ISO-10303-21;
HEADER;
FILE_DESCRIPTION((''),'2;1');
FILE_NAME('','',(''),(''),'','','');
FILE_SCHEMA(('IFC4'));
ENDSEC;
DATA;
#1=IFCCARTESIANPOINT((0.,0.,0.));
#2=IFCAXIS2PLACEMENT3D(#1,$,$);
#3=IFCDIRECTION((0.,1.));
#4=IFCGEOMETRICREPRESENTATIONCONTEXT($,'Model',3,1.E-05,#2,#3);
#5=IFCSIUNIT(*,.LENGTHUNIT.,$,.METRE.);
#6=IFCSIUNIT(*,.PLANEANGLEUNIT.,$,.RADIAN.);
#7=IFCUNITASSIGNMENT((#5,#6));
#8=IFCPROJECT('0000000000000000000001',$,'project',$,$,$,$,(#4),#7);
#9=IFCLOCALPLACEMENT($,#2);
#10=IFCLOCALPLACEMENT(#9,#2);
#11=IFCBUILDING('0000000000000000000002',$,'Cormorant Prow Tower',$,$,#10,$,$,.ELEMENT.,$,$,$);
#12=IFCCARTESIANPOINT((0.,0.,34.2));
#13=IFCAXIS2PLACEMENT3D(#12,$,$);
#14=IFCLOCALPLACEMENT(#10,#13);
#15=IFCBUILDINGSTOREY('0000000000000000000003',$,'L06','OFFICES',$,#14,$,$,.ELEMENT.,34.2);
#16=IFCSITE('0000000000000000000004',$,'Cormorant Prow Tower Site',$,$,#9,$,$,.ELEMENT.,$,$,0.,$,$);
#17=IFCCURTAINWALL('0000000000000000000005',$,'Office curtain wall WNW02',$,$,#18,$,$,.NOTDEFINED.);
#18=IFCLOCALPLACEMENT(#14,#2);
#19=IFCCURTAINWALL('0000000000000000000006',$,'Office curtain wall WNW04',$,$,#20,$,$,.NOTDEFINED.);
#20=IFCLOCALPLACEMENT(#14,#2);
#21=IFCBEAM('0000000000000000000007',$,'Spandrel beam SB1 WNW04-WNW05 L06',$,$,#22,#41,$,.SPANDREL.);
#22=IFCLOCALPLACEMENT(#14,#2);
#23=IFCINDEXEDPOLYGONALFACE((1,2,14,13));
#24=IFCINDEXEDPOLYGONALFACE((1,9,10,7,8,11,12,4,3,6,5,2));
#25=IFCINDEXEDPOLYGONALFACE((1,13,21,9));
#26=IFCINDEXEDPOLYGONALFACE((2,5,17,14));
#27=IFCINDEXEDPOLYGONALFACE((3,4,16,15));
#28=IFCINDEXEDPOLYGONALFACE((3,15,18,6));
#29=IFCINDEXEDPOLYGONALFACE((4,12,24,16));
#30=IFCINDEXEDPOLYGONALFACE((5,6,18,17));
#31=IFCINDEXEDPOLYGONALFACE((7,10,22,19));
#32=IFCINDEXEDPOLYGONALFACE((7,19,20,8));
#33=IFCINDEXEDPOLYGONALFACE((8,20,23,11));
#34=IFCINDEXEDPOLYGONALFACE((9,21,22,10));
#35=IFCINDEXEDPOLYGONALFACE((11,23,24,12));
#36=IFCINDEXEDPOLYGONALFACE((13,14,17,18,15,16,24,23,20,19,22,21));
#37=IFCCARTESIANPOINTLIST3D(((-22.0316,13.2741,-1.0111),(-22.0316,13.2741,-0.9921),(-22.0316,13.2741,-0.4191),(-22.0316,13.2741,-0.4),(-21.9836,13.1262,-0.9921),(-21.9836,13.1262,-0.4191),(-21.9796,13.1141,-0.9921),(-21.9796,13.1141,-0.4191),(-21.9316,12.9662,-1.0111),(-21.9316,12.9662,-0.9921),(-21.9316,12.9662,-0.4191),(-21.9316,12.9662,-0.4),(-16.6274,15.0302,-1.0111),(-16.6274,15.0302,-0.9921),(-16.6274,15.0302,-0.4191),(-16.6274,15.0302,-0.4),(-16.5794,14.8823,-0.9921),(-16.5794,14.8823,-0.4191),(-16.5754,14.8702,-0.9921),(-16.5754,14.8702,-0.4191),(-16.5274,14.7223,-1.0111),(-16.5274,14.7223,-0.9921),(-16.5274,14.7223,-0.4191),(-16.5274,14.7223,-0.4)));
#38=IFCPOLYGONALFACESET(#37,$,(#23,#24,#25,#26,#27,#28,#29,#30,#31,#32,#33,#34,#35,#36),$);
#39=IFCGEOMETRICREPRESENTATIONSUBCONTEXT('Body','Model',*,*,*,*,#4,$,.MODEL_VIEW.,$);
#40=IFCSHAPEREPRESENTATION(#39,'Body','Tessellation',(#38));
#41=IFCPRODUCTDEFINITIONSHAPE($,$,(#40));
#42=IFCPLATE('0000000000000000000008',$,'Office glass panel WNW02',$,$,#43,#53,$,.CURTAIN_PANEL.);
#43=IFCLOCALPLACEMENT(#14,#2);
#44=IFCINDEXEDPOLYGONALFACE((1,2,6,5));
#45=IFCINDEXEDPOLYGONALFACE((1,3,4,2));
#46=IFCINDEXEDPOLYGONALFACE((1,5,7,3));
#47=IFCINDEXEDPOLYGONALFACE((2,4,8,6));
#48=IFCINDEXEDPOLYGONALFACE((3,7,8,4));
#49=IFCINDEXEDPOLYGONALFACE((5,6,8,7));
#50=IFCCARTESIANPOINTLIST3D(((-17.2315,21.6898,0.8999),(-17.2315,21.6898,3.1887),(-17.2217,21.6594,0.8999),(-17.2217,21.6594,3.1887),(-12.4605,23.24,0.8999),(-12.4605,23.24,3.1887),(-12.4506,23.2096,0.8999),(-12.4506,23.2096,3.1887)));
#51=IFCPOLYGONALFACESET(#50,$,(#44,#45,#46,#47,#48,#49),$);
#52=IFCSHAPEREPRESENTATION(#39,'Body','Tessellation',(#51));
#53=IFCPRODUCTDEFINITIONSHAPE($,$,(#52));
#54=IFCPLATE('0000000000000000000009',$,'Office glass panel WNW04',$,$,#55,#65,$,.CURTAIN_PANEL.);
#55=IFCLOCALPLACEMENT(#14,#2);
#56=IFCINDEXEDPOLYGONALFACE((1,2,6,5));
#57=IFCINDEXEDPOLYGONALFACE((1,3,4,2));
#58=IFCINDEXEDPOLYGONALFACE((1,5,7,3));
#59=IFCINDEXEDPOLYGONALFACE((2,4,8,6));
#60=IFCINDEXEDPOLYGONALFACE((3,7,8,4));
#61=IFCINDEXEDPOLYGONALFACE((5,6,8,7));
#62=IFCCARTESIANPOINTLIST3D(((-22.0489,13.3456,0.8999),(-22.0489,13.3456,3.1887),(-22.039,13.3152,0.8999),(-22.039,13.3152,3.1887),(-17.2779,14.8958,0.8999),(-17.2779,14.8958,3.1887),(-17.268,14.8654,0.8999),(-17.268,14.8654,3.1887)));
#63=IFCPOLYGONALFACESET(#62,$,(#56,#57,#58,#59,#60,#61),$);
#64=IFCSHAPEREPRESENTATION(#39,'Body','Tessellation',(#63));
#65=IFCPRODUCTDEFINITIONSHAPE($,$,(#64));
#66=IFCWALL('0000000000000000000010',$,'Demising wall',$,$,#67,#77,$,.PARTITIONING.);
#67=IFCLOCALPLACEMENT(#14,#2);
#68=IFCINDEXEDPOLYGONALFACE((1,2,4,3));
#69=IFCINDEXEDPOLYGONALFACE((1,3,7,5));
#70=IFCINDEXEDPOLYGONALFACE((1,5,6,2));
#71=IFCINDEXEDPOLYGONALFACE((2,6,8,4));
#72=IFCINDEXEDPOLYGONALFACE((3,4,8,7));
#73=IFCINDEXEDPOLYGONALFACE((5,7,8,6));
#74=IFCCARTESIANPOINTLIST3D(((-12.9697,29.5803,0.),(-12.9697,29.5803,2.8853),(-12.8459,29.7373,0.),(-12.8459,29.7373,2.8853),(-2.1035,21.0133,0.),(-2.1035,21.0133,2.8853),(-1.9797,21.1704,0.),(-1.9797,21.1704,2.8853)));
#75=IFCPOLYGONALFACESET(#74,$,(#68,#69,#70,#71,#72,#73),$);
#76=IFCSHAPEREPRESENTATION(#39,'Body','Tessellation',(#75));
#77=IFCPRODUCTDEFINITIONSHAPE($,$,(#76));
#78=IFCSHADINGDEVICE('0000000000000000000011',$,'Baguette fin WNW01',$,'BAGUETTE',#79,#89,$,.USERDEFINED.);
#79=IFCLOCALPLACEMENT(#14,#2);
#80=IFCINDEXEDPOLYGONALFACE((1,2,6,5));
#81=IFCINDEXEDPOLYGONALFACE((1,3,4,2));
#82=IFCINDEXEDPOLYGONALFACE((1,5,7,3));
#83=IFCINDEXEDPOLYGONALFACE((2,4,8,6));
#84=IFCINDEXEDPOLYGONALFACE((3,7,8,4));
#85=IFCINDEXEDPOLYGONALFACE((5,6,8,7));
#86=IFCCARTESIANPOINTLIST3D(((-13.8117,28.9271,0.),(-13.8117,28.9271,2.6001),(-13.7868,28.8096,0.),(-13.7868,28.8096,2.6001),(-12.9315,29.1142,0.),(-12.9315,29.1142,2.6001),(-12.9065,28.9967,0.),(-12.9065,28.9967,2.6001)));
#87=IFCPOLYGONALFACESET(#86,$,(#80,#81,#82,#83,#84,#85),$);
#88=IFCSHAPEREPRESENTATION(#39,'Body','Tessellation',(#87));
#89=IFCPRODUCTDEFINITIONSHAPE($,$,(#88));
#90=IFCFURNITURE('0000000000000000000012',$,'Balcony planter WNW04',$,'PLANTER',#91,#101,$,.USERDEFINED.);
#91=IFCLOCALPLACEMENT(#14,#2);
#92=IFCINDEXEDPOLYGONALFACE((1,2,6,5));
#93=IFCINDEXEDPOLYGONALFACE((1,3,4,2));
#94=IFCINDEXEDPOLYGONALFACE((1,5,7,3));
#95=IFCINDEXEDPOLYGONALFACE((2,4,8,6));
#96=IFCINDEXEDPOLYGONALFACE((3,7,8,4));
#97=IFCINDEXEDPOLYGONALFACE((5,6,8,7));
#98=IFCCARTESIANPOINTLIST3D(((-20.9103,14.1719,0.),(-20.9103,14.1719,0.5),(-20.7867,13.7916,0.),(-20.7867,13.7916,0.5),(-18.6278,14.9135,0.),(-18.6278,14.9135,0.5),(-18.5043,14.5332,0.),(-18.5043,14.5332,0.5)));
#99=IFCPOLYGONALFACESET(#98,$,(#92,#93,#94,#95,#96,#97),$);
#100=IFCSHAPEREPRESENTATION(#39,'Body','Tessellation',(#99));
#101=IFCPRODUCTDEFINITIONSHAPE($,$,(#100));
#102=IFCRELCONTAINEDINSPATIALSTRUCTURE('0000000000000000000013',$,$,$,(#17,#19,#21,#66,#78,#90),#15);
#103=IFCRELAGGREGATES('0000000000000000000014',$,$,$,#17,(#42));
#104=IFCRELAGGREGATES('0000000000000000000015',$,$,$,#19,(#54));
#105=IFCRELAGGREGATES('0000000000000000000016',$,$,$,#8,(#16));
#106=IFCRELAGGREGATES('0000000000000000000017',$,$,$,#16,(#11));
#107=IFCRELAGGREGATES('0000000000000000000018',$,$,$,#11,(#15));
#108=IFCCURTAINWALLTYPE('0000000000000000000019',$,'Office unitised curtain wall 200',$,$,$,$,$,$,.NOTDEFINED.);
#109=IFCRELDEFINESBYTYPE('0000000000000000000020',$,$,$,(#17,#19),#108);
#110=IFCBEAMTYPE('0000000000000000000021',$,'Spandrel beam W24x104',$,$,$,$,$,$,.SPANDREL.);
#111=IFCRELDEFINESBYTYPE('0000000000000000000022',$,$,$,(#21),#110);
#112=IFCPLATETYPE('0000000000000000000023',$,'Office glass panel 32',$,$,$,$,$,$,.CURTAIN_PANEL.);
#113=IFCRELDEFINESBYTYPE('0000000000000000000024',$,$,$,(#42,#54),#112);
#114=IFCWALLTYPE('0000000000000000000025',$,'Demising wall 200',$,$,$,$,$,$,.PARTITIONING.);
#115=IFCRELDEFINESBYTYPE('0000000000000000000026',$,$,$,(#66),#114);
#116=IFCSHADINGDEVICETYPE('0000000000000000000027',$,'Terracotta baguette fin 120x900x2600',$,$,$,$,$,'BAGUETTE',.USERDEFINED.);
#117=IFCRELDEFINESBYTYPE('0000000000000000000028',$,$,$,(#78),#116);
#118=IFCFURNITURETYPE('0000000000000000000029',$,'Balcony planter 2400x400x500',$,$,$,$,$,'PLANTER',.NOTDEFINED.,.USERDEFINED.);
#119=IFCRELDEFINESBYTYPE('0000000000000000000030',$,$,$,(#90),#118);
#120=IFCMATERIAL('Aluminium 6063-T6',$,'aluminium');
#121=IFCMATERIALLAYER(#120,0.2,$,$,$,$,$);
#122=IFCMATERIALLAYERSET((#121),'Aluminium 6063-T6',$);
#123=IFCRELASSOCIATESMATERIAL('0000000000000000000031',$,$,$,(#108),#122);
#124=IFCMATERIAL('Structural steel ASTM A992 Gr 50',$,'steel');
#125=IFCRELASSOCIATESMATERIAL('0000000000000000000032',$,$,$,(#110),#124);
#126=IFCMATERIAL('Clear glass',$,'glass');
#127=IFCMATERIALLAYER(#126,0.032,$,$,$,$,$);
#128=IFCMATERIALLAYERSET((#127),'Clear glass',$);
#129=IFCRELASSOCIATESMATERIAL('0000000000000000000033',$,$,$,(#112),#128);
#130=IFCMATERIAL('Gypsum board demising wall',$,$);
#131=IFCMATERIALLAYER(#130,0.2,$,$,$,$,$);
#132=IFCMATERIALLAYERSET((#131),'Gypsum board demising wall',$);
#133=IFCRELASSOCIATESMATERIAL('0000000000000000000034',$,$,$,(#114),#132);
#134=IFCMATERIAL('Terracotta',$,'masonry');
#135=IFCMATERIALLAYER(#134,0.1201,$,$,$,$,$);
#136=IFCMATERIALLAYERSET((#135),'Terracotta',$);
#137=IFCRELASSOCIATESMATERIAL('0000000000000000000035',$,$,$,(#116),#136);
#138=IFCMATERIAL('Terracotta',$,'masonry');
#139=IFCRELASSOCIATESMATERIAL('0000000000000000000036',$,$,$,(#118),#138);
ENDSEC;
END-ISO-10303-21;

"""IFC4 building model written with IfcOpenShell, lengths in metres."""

from ifc_helpers import new_model, si_unit, direction, frame, frame_2d, origin, origin_2d, place, context, subcontext, project, spatial, rectangle, i_section, extrude, material, layer, layer_set, material_profile, profile_set, type_object, element, aggregate, save


model = new_model("IFC4")

# Units and contexts
model_context = context("Model", 3, precision=1e-05, world=origin(), true_north=direction((0.0, 1.0)))
body_context = subcontext(model_context, "Body", "Model", "MODEL_VIEW")
ifc_project = project(units=[si_unit("LENGTHUNIT", "METRE"), si_unit("PLANEANGLEUNIT", "RADIAN")], contexts=[model_context])

# Site, building, storey
site_placement = place(None, origin())
site = spatial("IfcSite", under=ifc_project, at=site_placement, Name="Cormorant Prow Tower Site", CompositionType="ELEMENT", RefElevation=0.0)
building_placement = place(site_placement, origin())
building = spatial("IfcBuilding", under=site, at=building_placement, Name="Cormorant Prow Tower", CompositionType="ELEMENT")
storey_placement = place(building_placement, frame((0.0, 0.0, 34.2)))
storey = spatial("IfcBuildingStorey", under=building, at=storey_placement, Name="L06", Description="OFFICES", CompositionType="ELEMENT", Elevation=34.2)

# Curtain walls
ifc_material_1 = material(Name="Aluminium 6063-T6", Category="aluminium")
ifc_layer_1 = layer(ifc_material_1, 0.2)
ifc_layer_set_1 = layer_set([ifc_layer_1], Name="Aluminium 6063-T6")
curtain_wall_type = type_object("IfcCurtainWallType", Name="Office unitised curtain wall 200", PredefinedType="NOTDEFINED", material=ifc_layer_set_1)
curtain_wall_1_placement = place(storey_placement, origin())
curtain_wall_1 = element("IfcCurtainWall", 1, at=curtain_wall_1_placement, inside=storey, type_object=curtain_wall_type, Name="Office curtain wall WNW02", PredefinedType="NOTDEFINED")
curtain_wall_2_placement = place(storey_placement, origin())
curtain_wall_2 = element("IfcCurtainWall", 2, at=curtain_wall_2_placement, inside=storey, type_object=curtain_wall_type, Name="Office curtain wall WNW04", PredefinedType="NOTDEFINED")

# Beam
ifc_material_2 = material(Name="Structural steel ASTM A992 Gr 50", Category="steel")
ifc_material_profile_1 = material_profile(ifc_material_2, i_section(OverallWidth=0.3237, OverallDepth=0.6111, WebThickness=0.0127, FlangeThickness=0.019, at=origin_2d()), Name="W24x104")
ifc_profile_set_1 = profile_set([ifc_material_profile_1], Name="Structural steel ASTM A992 Gr 50")
beam_type = type_object("IfcBeamType", Name="Spandrel beam W24x104", PredefinedType="SPANDREL", material=ifc_profile_set_1)
beam_1_placement = place(storey_placement, frame((-16.5774, 14.8762, -0.7056), z_axis=(-0.951049, -0.309039, 0.0), x_axis=(0.309039, -0.951049, 0.0)))
element("IfcBeam", 3, at=beam_1_placement, inside=storey, type_object=beam_type, Name="Spandrel beam SB1 WNW04-WNW05 L06", PredefinedType="SPANDREL", context=body_context, shape_type="SweptSolid", body=[
    extrude(i_section(OverallWidth=0.3237, OverallDepth=0.6111, WebThickness=0.0127, FlangeThickness=0.019, at=origin_2d()), origin(), (0.0, 0.0, 1.0), 5.6824),
])

# Plates
ifc_material_3 = material(Name="Clear glass", Category="glass")
ifc_layer_2 = layer(ifc_material_3, 0.032)
ifc_layer_set_2 = layer_set([ifc_layer_2], Name="Clear glass")
plate_type = type_object("IfcPlateType", Name="Office glass panel 32", PredefinedType="CURTAIN_PANEL", material=ifc_layer_set_2)
plate_1_placement = place(storey_placement, frame((-14.8411, 22.4497, 0.8999), z_axis=(0.0, 0.0, 1.0), x_axis=(-0.951057, -0.309017, 0.0)))
plate_1 = element("IfcPlate", 4, at=plate_1_placement, type_object=plate_type, Name="Office glass panel WNW02", PredefinedType="CURTAIN_PANEL", context=body_context, shape_type="SweptSolid", body=[
    extrude(rectangle(XDim=5.0166, YDim=0.032, at=origin_2d()), origin(), (0.0, 0.0, 1.0), 2.2888),
])
aggregate(curtain_wall_1, [plate_1])
plate_2_placement = place(storey_placement, frame((-19.6584, 14.1055, 0.8999), z_axis=(0.0, 0.0, 1.0), x_axis=(-0.951057, -0.309017, 0.0)))
plate_2 = element("IfcPlate", 5, at=plate_2_placement, type_object=plate_type, Name="Office glass panel WNW04", PredefinedType="CURTAIN_PANEL", context=body_context, shape_type="SweptSolid", body=[
    extrude(rectangle(XDim=5.0166, YDim=0.032, at=origin_2d()), origin(), (0.0, 0.0, 1.0), 2.2888),
])
aggregate(curtain_wall_2, [plate_2])

# Wall
ifc_material_4 = material(Name="Gypsum board demising wall")
ifc_layer_3 = layer(ifc_material_4, 0.2)
ifc_layer_set_3 = layer_set([ifc_layer_3], Name="Gypsum board demising wall")
wall_type_1 = type_object("IfcWallType", Name="Demising wall 200", PredefinedType="PARTITIONING", material=ifc_layer_set_3)
wall_1_placement = place(storey_placement, frame((-12.9077, 29.6587, 0.0), z_axis=(0.0, 0.0, 1.0), x_axis=(0.785294, -0.619124, 0.0)))
element("IfcWall", 6, at=wall_1_placement, inside=storey, type_object=wall_type_1, Name="Demising wall", PredefinedType="PARTITIONING", context=body_context, shape_type="SweptSolid", body=[
    extrude(rectangle(XDim=13.8372, YDim=0.2, at=frame_2d((6.9185, 0.0))), origin(), (0.0, 0.0, 1.0), 2.8853),
])

# Shading device
ifc_material_5 = material(Name="Terracotta", Category="masonry")
ifc_layer_4 = layer(ifc_material_5, 0.1201)
ifc_layer_set_4 = layer_set([ifc_layer_4], Name="Terracotta")
shading_device_type = type_object("IfcShadingDeviceType", Name="Terracotta baguette fin 120x900x2600", ElementType="BAGUETTE", PredefinedType="USERDEFINED", material=ifc_layer_set_4)
shading_device_placement = place(storey_placement, frame((-13.3591, 28.9619, 0.0), z_axis=(0.0, 0.0, 1.0), x_axis=(0.207912, -0.978148, 0.0)))
element("IfcShadingDevice", 7, at=shading_device_placement, inside=storey, type_object=shading_device_type, Name="Baguette fin WNW01", ObjectType="BAGUETTE", PredefinedType="USERDEFINED", context=body_context, shape_type="SweptSolid", body=[
    extrude(rectangle(XDim=0.1201, YDim=0.8999, at=origin_2d()), origin(), (0.0, 0.0, 1.0), 2.6001),
])

# Furniture
ifc_material_6 = material(Name="Terracotta", Category="masonry")
furniture_type = type_object("IfcFurnitureType", Name="Balcony planter 2400x400x500", ElementType="PLANTER", AssemblyPlace="NOTDEFINED", PredefinedType="USERDEFINED", material=ifc_material_6)
furniture_placement = place(storey_placement, frame((-19.7073, 14.3525, 0.0), z_axis=(0.0, 0.0, 1.0), x_axis=(-0.951057, -0.309017, 0.0)))
element("IfcFurniture", 8, at=furniture_placement, inside=storey, type_object=furniture_type, Name="Balcony planter WNW04", ObjectType="PLANTER", PredefinedType="USERDEFINED", context=body_context, shape_type="SweptSolid", body=[
    extrude(rectangle(XDim=2.3999, YDim=0.3999, at=origin_2d()), origin(), (0.0, 0.0, 1.0), 0.5),
])

save(model, "model.ifc")
